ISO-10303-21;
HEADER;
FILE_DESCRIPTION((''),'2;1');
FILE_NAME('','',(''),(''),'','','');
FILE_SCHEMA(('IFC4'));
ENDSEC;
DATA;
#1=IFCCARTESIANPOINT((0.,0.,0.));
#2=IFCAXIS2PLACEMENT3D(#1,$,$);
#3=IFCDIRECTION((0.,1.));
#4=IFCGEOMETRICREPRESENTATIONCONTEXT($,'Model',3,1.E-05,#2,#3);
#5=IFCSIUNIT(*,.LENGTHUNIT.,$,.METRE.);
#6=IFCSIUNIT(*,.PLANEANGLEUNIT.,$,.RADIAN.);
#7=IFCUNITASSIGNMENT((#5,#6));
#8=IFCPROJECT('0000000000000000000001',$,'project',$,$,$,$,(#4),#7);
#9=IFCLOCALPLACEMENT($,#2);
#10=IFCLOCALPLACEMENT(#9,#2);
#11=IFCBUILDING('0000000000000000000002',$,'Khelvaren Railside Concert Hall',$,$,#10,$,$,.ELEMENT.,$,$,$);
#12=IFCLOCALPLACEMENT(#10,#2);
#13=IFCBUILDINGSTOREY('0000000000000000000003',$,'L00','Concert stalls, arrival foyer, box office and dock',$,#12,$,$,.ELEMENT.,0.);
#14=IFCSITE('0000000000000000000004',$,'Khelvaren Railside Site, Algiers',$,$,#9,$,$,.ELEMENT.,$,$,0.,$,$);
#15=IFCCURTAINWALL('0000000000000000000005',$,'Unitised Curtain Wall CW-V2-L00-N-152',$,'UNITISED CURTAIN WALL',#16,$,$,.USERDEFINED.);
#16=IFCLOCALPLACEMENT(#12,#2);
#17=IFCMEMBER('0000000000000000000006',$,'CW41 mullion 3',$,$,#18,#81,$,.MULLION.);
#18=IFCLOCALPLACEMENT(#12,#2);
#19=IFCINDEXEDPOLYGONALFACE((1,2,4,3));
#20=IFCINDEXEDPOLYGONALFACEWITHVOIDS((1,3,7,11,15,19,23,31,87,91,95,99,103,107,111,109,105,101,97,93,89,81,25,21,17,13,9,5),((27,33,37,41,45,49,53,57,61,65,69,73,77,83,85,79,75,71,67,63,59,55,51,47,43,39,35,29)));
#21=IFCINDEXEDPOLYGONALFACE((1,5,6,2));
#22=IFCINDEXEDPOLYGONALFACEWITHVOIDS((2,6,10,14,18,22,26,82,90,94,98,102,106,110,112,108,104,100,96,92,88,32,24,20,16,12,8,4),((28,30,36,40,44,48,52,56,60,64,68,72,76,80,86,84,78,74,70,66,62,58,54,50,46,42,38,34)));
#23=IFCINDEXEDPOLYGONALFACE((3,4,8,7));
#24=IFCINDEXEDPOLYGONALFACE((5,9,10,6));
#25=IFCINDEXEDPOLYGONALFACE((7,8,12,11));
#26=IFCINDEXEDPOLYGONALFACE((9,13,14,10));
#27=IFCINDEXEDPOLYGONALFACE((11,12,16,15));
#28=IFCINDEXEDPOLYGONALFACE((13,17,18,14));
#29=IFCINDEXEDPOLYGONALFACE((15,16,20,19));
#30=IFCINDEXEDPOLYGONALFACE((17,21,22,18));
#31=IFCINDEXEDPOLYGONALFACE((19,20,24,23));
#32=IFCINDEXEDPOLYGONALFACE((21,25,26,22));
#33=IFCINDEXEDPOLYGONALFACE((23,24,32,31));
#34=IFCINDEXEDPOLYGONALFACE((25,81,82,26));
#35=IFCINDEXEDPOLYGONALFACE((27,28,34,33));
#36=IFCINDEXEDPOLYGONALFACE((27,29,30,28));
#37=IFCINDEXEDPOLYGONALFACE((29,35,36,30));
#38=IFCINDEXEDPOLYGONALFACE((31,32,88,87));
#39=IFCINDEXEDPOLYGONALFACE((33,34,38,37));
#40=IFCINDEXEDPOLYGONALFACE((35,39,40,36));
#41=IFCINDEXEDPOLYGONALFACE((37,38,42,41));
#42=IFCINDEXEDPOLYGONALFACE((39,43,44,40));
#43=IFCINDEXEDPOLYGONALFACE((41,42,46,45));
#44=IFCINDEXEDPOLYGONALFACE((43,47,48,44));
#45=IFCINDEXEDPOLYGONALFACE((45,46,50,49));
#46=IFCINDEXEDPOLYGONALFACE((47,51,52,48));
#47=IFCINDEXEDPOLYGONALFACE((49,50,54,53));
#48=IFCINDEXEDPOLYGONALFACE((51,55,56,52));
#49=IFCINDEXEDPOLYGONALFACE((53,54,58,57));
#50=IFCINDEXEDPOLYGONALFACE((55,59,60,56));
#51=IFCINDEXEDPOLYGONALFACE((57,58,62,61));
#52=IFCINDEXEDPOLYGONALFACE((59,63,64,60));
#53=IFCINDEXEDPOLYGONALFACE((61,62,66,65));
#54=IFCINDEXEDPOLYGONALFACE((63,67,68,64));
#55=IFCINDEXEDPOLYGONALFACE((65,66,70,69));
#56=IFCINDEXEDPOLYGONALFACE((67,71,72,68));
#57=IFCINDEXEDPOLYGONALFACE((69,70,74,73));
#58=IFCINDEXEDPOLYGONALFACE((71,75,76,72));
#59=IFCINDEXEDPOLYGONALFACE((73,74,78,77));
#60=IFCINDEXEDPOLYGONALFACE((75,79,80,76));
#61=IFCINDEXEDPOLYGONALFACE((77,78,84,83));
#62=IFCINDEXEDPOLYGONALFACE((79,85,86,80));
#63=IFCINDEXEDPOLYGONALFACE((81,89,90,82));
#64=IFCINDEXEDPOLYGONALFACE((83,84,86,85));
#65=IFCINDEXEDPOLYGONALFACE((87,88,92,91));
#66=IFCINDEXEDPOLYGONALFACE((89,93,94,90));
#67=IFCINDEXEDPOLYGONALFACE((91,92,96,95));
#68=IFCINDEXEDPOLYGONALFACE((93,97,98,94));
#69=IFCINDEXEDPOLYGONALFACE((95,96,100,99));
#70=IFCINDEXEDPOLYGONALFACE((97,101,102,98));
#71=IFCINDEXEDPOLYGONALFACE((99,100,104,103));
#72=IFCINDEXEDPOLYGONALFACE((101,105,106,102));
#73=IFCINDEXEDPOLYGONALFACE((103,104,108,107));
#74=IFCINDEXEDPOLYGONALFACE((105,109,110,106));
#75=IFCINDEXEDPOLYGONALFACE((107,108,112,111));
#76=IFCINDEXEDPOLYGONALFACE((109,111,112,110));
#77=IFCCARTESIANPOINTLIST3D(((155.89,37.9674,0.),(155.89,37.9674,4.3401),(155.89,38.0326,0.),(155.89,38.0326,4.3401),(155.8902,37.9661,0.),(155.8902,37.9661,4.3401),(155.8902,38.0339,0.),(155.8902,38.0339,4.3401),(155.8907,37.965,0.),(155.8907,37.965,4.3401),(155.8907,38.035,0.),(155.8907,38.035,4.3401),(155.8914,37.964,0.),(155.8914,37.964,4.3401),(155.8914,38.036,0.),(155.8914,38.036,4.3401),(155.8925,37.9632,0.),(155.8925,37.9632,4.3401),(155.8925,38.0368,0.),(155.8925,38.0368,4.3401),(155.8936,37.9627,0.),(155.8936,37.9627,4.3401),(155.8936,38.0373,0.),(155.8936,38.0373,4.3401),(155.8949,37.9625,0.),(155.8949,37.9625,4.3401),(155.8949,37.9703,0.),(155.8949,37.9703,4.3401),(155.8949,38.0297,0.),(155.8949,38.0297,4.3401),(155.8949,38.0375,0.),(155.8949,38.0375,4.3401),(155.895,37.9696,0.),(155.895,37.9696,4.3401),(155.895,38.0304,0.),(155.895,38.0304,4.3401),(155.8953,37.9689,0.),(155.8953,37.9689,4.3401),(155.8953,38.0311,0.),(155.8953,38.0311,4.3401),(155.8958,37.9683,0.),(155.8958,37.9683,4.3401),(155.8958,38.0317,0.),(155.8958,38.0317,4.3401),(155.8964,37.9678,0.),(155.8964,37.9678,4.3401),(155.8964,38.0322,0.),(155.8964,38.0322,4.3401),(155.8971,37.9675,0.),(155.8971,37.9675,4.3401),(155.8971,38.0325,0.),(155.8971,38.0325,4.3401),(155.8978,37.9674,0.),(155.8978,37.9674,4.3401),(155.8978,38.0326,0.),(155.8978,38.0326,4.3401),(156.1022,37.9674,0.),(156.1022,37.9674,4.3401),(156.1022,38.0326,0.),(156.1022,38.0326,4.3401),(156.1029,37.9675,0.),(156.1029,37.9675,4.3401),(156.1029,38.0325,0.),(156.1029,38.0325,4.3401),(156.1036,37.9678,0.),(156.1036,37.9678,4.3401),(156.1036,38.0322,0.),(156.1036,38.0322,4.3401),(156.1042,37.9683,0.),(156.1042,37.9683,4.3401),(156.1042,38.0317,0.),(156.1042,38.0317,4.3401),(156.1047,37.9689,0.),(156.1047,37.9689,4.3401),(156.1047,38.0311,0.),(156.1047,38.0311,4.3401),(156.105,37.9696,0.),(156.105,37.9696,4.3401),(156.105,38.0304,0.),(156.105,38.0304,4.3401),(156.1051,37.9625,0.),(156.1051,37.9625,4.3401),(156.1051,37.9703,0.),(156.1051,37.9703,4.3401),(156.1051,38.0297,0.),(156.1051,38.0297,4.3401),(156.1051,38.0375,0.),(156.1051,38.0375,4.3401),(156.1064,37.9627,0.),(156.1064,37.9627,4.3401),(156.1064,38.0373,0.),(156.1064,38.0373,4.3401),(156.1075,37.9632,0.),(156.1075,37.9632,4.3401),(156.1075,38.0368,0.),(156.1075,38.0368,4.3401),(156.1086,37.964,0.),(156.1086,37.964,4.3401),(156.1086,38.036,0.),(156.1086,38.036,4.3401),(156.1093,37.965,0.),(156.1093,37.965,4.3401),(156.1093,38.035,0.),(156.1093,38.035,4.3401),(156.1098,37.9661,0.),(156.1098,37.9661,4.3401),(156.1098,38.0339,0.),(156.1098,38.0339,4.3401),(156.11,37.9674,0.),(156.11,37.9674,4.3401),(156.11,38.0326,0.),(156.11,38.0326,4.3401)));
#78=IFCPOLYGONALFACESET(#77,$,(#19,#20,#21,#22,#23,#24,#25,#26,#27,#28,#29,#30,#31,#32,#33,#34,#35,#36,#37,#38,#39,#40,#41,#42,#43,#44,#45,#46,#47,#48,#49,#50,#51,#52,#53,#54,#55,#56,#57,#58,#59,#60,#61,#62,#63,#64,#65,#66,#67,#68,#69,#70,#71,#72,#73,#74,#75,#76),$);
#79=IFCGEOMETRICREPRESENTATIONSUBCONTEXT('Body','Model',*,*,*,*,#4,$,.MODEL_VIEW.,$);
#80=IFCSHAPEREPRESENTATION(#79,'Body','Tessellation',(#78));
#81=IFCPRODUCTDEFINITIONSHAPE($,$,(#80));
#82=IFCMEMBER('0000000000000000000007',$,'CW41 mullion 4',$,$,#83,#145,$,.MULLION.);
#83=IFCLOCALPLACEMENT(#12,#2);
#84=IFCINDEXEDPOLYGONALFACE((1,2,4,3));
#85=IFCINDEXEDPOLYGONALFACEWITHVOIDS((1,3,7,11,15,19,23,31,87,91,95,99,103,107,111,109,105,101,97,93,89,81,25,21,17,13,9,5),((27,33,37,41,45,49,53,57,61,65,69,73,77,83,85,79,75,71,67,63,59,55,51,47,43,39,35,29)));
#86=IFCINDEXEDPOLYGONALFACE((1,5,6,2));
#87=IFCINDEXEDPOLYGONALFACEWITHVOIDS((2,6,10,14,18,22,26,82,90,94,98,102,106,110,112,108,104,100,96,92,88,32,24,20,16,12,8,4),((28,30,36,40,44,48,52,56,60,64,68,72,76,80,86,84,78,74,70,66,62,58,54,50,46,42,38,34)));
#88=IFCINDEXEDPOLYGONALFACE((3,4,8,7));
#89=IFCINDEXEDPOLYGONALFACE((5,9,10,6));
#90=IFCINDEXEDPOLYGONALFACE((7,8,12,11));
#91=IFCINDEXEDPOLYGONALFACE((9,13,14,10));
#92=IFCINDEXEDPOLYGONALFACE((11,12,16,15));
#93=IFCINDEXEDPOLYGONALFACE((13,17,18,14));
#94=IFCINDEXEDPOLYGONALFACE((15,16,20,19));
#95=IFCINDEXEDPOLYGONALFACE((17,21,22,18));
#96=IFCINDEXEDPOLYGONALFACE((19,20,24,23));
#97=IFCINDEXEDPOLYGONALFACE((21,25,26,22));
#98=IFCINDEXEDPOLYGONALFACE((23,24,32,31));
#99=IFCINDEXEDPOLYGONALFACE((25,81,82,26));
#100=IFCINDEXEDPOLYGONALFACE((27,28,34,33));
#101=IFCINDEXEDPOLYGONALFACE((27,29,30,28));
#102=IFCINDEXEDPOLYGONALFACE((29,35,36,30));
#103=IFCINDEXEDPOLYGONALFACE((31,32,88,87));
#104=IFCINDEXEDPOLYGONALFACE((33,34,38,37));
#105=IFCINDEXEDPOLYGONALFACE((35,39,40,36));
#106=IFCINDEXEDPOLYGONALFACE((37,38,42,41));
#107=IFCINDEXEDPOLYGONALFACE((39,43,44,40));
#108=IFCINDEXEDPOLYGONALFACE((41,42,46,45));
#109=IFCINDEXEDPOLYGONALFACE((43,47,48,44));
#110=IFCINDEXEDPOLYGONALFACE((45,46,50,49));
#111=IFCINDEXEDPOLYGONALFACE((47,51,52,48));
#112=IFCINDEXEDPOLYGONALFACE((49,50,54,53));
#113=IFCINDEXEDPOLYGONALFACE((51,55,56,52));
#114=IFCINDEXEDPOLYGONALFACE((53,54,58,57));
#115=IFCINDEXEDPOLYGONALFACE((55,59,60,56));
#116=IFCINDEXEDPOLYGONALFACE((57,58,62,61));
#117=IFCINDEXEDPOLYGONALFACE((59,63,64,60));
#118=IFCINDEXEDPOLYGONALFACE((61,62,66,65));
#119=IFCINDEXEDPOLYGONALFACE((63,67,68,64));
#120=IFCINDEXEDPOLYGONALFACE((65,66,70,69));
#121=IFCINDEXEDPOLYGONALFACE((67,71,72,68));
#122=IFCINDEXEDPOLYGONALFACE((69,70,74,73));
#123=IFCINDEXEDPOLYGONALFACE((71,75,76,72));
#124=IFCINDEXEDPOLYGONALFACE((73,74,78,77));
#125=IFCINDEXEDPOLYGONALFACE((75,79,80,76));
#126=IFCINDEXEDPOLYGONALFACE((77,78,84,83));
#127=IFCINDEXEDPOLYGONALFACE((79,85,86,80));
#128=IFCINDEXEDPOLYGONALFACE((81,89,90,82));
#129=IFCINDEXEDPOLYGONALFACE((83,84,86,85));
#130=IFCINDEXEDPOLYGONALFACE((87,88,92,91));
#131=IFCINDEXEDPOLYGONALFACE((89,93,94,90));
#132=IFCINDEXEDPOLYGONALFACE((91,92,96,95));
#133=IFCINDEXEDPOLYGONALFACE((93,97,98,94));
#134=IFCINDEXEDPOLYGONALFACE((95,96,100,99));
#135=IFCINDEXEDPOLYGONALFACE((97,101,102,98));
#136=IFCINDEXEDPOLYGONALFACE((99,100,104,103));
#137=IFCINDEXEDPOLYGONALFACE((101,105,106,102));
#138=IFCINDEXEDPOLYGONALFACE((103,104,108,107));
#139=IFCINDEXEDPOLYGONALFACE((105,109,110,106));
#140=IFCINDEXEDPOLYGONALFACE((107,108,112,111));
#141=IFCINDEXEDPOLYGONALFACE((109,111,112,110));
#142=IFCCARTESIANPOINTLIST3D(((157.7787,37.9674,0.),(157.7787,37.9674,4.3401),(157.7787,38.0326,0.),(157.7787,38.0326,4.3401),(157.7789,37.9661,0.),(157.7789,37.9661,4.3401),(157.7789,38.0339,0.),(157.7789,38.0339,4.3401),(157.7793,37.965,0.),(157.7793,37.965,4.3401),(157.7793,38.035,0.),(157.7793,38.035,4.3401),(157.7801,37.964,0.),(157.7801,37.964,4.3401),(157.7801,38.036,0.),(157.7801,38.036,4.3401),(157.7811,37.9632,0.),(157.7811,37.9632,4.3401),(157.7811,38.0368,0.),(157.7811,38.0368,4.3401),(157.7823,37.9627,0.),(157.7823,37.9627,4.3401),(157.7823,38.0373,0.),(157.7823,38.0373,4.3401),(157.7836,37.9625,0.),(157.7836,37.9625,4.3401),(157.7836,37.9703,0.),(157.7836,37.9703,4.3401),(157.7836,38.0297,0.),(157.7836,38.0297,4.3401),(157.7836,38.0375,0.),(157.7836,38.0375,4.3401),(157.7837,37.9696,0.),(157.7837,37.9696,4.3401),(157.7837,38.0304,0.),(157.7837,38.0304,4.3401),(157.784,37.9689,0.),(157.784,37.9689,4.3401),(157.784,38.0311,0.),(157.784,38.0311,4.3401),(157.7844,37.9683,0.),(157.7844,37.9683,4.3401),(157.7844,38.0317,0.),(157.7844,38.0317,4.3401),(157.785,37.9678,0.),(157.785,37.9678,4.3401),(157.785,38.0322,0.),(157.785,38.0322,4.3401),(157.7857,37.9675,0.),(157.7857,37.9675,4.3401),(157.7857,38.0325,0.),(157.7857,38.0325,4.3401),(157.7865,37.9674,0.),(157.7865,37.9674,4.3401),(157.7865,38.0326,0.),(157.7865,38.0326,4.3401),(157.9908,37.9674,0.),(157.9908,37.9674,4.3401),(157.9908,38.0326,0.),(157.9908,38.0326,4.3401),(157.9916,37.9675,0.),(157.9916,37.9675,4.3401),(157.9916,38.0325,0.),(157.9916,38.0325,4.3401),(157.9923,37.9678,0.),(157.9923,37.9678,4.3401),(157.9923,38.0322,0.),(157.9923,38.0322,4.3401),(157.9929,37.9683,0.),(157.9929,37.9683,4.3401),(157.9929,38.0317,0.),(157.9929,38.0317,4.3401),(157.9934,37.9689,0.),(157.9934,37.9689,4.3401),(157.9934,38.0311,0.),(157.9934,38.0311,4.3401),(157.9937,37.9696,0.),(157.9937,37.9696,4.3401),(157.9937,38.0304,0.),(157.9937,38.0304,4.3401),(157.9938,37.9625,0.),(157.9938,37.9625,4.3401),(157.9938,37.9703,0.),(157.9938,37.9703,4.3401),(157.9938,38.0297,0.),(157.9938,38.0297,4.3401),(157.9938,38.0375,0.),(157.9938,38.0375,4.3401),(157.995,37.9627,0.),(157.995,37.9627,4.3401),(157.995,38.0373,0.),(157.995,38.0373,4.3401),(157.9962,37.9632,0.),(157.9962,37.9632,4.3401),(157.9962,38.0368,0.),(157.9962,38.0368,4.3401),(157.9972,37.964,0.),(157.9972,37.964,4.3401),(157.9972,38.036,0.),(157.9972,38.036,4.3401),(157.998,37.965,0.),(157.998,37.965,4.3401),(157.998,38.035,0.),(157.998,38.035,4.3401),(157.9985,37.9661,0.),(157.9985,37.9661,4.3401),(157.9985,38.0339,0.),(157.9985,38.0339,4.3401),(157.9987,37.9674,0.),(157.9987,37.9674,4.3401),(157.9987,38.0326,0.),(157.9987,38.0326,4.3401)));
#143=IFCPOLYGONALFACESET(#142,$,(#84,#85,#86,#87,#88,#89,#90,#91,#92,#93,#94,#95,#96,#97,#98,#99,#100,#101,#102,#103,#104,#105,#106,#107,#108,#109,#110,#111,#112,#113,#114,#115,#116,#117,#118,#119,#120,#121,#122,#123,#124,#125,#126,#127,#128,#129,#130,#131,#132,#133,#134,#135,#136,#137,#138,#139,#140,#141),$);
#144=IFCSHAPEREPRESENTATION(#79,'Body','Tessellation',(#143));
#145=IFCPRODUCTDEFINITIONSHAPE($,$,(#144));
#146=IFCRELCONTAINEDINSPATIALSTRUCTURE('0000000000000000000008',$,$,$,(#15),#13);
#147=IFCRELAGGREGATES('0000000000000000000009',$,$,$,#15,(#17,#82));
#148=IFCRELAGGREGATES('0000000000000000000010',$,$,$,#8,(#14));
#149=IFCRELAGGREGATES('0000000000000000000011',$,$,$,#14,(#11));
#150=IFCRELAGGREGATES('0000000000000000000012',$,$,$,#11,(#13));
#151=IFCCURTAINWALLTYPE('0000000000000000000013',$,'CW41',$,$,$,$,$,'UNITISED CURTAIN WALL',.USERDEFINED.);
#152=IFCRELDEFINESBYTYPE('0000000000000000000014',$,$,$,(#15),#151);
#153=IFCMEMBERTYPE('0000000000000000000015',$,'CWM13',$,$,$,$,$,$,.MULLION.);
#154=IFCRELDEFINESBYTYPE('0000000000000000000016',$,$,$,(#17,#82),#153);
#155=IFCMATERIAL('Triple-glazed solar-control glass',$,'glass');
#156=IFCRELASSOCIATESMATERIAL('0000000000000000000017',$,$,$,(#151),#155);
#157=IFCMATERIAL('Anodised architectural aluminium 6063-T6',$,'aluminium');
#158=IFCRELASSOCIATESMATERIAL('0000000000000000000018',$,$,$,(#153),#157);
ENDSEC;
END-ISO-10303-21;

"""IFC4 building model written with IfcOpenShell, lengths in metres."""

from ifc_helpers import new_model, si_unit, direction, frame, origin, origin_2d, place, context, subcontext, project, spatial, hollow_rectangle, extrude, material, material_profile, profile_set, type_object, element, aggregate, save


model = new_model("IFC4")

# Units and contexts
model_context = context("Model", 3, precision=1e-05, world=origin(), true_north=direction((0.0, 1.0)))
body_context = subcontext(model_context, "Body", "Model", "MODEL_VIEW")
ifc_project = project(units=[si_unit("LENGTHUNIT", "METRE"), si_unit("PLANEANGLEUNIT", "RADIAN")], contexts=[model_context])

# Site, building, storey
site_placement = place(None, origin())
site = spatial("IfcSite", under=ifc_project, at=site_placement, Name="Khelvaren Railside Site, Algiers", CompositionType="ELEMENT", RefElevation=0.0)
building_placement = place(site_placement, origin())
building = spatial("IfcBuilding", under=site, at=building_placement, Name="Khelvaren Railside Concert Hall", CompositionType="ELEMENT")
storey_placement = place(building_placement, origin())
storey = spatial("IfcBuildingStorey", under=building, at=storey_placement, Name="L00", Description="Concert stalls, arrival foyer, box office and dock", CompositionType="ELEMENT", Elevation=0.0)

# Curtain wall, members
ifc_material_1 = material(Name="Triple-glazed solar-control glass", Category="glass")
curtain_wall_type = type_object("IfcCurtainWallType", Name="CW41", ElementType="UNITISED CURTAIN WALL", PredefinedType="USERDEFINED", material=ifc_material_1)
curtain_wall_placement = place(storey_placement, origin())
curtain_wall = element("IfcCurtainWall", 1, at=curtain_wall_placement, inside=storey, type_object=curtain_wall_type, Name="Unitised Curtain Wall CW-V2-L00-N-152", ObjectType="UNITISED CURTAIN WALL", PredefinedType="USERDEFINED")
ifc_material_2 = material(Name="Anodised architectural aluminium 6063-T6", Category="aluminium")
ifc_material_profile_1 = material_profile(ifc_material_2, hollow_rectangle(XDim=0.075, YDim=0.22, WallThickness=0.0049, InnerFilletRadius=0.0029, OuterFilletRadius=0.0049, at=origin_2d()), Name="CWM 75x220x5")
ifc_profile_set_1 = profile_set([ifc_material_profile_1], Name="Anodised architectural aluminium 6063-T6")
member_type_1 = type_object("IfcMemberType", Name="CWM13", PredefinedType="MULLION", material=ifc_profile_set_1)
member_1_placement = place(storey_placement, frame((156.0, 38.0, 0.0), z_axis=(0.0, 0.0, 1.0), x_axis=(0.0, 1.0, 0.0)))
member_1 = element("IfcMember", 2, at=member_1_placement, type_object=member_type_1, Name="CW41 mullion 3", PredefinedType="MULLION", context=body_context, shape_type="SweptSolid", body=[
    extrude(hollow_rectangle(XDim=0.075, YDim=0.22, WallThickness=0.0049, InnerFilletRadius=0.0029, OuterFilletRadius=0.0049, at=origin_2d()), origin(), (0.0, 0.0, 1.0), 4.3401),
])
member_2_placement = place(storey_placement, frame((157.8887, 38.0, 0.0), z_axis=(0.0, 0.0, 1.0), x_axis=(0.0, 1.0, 0.0)))
member_2 = element("IfcMember", 3, at=member_2_placement, type_object=member_type_1, Name="CW41 mullion 4", PredefinedType="MULLION", context=body_context, shape_type="SweptSolid", body=[
    extrude(hollow_rectangle(XDim=0.075, YDim=0.22, WallThickness=0.0049, InnerFilletRadius=0.0029, OuterFilletRadius=0.0049, at=origin_2d()), origin(), (0.0, 0.0, 1.0), 4.3401),
])
aggregate(curtain_wall, [member_1, member_2])

save(model, "model.ifc")
